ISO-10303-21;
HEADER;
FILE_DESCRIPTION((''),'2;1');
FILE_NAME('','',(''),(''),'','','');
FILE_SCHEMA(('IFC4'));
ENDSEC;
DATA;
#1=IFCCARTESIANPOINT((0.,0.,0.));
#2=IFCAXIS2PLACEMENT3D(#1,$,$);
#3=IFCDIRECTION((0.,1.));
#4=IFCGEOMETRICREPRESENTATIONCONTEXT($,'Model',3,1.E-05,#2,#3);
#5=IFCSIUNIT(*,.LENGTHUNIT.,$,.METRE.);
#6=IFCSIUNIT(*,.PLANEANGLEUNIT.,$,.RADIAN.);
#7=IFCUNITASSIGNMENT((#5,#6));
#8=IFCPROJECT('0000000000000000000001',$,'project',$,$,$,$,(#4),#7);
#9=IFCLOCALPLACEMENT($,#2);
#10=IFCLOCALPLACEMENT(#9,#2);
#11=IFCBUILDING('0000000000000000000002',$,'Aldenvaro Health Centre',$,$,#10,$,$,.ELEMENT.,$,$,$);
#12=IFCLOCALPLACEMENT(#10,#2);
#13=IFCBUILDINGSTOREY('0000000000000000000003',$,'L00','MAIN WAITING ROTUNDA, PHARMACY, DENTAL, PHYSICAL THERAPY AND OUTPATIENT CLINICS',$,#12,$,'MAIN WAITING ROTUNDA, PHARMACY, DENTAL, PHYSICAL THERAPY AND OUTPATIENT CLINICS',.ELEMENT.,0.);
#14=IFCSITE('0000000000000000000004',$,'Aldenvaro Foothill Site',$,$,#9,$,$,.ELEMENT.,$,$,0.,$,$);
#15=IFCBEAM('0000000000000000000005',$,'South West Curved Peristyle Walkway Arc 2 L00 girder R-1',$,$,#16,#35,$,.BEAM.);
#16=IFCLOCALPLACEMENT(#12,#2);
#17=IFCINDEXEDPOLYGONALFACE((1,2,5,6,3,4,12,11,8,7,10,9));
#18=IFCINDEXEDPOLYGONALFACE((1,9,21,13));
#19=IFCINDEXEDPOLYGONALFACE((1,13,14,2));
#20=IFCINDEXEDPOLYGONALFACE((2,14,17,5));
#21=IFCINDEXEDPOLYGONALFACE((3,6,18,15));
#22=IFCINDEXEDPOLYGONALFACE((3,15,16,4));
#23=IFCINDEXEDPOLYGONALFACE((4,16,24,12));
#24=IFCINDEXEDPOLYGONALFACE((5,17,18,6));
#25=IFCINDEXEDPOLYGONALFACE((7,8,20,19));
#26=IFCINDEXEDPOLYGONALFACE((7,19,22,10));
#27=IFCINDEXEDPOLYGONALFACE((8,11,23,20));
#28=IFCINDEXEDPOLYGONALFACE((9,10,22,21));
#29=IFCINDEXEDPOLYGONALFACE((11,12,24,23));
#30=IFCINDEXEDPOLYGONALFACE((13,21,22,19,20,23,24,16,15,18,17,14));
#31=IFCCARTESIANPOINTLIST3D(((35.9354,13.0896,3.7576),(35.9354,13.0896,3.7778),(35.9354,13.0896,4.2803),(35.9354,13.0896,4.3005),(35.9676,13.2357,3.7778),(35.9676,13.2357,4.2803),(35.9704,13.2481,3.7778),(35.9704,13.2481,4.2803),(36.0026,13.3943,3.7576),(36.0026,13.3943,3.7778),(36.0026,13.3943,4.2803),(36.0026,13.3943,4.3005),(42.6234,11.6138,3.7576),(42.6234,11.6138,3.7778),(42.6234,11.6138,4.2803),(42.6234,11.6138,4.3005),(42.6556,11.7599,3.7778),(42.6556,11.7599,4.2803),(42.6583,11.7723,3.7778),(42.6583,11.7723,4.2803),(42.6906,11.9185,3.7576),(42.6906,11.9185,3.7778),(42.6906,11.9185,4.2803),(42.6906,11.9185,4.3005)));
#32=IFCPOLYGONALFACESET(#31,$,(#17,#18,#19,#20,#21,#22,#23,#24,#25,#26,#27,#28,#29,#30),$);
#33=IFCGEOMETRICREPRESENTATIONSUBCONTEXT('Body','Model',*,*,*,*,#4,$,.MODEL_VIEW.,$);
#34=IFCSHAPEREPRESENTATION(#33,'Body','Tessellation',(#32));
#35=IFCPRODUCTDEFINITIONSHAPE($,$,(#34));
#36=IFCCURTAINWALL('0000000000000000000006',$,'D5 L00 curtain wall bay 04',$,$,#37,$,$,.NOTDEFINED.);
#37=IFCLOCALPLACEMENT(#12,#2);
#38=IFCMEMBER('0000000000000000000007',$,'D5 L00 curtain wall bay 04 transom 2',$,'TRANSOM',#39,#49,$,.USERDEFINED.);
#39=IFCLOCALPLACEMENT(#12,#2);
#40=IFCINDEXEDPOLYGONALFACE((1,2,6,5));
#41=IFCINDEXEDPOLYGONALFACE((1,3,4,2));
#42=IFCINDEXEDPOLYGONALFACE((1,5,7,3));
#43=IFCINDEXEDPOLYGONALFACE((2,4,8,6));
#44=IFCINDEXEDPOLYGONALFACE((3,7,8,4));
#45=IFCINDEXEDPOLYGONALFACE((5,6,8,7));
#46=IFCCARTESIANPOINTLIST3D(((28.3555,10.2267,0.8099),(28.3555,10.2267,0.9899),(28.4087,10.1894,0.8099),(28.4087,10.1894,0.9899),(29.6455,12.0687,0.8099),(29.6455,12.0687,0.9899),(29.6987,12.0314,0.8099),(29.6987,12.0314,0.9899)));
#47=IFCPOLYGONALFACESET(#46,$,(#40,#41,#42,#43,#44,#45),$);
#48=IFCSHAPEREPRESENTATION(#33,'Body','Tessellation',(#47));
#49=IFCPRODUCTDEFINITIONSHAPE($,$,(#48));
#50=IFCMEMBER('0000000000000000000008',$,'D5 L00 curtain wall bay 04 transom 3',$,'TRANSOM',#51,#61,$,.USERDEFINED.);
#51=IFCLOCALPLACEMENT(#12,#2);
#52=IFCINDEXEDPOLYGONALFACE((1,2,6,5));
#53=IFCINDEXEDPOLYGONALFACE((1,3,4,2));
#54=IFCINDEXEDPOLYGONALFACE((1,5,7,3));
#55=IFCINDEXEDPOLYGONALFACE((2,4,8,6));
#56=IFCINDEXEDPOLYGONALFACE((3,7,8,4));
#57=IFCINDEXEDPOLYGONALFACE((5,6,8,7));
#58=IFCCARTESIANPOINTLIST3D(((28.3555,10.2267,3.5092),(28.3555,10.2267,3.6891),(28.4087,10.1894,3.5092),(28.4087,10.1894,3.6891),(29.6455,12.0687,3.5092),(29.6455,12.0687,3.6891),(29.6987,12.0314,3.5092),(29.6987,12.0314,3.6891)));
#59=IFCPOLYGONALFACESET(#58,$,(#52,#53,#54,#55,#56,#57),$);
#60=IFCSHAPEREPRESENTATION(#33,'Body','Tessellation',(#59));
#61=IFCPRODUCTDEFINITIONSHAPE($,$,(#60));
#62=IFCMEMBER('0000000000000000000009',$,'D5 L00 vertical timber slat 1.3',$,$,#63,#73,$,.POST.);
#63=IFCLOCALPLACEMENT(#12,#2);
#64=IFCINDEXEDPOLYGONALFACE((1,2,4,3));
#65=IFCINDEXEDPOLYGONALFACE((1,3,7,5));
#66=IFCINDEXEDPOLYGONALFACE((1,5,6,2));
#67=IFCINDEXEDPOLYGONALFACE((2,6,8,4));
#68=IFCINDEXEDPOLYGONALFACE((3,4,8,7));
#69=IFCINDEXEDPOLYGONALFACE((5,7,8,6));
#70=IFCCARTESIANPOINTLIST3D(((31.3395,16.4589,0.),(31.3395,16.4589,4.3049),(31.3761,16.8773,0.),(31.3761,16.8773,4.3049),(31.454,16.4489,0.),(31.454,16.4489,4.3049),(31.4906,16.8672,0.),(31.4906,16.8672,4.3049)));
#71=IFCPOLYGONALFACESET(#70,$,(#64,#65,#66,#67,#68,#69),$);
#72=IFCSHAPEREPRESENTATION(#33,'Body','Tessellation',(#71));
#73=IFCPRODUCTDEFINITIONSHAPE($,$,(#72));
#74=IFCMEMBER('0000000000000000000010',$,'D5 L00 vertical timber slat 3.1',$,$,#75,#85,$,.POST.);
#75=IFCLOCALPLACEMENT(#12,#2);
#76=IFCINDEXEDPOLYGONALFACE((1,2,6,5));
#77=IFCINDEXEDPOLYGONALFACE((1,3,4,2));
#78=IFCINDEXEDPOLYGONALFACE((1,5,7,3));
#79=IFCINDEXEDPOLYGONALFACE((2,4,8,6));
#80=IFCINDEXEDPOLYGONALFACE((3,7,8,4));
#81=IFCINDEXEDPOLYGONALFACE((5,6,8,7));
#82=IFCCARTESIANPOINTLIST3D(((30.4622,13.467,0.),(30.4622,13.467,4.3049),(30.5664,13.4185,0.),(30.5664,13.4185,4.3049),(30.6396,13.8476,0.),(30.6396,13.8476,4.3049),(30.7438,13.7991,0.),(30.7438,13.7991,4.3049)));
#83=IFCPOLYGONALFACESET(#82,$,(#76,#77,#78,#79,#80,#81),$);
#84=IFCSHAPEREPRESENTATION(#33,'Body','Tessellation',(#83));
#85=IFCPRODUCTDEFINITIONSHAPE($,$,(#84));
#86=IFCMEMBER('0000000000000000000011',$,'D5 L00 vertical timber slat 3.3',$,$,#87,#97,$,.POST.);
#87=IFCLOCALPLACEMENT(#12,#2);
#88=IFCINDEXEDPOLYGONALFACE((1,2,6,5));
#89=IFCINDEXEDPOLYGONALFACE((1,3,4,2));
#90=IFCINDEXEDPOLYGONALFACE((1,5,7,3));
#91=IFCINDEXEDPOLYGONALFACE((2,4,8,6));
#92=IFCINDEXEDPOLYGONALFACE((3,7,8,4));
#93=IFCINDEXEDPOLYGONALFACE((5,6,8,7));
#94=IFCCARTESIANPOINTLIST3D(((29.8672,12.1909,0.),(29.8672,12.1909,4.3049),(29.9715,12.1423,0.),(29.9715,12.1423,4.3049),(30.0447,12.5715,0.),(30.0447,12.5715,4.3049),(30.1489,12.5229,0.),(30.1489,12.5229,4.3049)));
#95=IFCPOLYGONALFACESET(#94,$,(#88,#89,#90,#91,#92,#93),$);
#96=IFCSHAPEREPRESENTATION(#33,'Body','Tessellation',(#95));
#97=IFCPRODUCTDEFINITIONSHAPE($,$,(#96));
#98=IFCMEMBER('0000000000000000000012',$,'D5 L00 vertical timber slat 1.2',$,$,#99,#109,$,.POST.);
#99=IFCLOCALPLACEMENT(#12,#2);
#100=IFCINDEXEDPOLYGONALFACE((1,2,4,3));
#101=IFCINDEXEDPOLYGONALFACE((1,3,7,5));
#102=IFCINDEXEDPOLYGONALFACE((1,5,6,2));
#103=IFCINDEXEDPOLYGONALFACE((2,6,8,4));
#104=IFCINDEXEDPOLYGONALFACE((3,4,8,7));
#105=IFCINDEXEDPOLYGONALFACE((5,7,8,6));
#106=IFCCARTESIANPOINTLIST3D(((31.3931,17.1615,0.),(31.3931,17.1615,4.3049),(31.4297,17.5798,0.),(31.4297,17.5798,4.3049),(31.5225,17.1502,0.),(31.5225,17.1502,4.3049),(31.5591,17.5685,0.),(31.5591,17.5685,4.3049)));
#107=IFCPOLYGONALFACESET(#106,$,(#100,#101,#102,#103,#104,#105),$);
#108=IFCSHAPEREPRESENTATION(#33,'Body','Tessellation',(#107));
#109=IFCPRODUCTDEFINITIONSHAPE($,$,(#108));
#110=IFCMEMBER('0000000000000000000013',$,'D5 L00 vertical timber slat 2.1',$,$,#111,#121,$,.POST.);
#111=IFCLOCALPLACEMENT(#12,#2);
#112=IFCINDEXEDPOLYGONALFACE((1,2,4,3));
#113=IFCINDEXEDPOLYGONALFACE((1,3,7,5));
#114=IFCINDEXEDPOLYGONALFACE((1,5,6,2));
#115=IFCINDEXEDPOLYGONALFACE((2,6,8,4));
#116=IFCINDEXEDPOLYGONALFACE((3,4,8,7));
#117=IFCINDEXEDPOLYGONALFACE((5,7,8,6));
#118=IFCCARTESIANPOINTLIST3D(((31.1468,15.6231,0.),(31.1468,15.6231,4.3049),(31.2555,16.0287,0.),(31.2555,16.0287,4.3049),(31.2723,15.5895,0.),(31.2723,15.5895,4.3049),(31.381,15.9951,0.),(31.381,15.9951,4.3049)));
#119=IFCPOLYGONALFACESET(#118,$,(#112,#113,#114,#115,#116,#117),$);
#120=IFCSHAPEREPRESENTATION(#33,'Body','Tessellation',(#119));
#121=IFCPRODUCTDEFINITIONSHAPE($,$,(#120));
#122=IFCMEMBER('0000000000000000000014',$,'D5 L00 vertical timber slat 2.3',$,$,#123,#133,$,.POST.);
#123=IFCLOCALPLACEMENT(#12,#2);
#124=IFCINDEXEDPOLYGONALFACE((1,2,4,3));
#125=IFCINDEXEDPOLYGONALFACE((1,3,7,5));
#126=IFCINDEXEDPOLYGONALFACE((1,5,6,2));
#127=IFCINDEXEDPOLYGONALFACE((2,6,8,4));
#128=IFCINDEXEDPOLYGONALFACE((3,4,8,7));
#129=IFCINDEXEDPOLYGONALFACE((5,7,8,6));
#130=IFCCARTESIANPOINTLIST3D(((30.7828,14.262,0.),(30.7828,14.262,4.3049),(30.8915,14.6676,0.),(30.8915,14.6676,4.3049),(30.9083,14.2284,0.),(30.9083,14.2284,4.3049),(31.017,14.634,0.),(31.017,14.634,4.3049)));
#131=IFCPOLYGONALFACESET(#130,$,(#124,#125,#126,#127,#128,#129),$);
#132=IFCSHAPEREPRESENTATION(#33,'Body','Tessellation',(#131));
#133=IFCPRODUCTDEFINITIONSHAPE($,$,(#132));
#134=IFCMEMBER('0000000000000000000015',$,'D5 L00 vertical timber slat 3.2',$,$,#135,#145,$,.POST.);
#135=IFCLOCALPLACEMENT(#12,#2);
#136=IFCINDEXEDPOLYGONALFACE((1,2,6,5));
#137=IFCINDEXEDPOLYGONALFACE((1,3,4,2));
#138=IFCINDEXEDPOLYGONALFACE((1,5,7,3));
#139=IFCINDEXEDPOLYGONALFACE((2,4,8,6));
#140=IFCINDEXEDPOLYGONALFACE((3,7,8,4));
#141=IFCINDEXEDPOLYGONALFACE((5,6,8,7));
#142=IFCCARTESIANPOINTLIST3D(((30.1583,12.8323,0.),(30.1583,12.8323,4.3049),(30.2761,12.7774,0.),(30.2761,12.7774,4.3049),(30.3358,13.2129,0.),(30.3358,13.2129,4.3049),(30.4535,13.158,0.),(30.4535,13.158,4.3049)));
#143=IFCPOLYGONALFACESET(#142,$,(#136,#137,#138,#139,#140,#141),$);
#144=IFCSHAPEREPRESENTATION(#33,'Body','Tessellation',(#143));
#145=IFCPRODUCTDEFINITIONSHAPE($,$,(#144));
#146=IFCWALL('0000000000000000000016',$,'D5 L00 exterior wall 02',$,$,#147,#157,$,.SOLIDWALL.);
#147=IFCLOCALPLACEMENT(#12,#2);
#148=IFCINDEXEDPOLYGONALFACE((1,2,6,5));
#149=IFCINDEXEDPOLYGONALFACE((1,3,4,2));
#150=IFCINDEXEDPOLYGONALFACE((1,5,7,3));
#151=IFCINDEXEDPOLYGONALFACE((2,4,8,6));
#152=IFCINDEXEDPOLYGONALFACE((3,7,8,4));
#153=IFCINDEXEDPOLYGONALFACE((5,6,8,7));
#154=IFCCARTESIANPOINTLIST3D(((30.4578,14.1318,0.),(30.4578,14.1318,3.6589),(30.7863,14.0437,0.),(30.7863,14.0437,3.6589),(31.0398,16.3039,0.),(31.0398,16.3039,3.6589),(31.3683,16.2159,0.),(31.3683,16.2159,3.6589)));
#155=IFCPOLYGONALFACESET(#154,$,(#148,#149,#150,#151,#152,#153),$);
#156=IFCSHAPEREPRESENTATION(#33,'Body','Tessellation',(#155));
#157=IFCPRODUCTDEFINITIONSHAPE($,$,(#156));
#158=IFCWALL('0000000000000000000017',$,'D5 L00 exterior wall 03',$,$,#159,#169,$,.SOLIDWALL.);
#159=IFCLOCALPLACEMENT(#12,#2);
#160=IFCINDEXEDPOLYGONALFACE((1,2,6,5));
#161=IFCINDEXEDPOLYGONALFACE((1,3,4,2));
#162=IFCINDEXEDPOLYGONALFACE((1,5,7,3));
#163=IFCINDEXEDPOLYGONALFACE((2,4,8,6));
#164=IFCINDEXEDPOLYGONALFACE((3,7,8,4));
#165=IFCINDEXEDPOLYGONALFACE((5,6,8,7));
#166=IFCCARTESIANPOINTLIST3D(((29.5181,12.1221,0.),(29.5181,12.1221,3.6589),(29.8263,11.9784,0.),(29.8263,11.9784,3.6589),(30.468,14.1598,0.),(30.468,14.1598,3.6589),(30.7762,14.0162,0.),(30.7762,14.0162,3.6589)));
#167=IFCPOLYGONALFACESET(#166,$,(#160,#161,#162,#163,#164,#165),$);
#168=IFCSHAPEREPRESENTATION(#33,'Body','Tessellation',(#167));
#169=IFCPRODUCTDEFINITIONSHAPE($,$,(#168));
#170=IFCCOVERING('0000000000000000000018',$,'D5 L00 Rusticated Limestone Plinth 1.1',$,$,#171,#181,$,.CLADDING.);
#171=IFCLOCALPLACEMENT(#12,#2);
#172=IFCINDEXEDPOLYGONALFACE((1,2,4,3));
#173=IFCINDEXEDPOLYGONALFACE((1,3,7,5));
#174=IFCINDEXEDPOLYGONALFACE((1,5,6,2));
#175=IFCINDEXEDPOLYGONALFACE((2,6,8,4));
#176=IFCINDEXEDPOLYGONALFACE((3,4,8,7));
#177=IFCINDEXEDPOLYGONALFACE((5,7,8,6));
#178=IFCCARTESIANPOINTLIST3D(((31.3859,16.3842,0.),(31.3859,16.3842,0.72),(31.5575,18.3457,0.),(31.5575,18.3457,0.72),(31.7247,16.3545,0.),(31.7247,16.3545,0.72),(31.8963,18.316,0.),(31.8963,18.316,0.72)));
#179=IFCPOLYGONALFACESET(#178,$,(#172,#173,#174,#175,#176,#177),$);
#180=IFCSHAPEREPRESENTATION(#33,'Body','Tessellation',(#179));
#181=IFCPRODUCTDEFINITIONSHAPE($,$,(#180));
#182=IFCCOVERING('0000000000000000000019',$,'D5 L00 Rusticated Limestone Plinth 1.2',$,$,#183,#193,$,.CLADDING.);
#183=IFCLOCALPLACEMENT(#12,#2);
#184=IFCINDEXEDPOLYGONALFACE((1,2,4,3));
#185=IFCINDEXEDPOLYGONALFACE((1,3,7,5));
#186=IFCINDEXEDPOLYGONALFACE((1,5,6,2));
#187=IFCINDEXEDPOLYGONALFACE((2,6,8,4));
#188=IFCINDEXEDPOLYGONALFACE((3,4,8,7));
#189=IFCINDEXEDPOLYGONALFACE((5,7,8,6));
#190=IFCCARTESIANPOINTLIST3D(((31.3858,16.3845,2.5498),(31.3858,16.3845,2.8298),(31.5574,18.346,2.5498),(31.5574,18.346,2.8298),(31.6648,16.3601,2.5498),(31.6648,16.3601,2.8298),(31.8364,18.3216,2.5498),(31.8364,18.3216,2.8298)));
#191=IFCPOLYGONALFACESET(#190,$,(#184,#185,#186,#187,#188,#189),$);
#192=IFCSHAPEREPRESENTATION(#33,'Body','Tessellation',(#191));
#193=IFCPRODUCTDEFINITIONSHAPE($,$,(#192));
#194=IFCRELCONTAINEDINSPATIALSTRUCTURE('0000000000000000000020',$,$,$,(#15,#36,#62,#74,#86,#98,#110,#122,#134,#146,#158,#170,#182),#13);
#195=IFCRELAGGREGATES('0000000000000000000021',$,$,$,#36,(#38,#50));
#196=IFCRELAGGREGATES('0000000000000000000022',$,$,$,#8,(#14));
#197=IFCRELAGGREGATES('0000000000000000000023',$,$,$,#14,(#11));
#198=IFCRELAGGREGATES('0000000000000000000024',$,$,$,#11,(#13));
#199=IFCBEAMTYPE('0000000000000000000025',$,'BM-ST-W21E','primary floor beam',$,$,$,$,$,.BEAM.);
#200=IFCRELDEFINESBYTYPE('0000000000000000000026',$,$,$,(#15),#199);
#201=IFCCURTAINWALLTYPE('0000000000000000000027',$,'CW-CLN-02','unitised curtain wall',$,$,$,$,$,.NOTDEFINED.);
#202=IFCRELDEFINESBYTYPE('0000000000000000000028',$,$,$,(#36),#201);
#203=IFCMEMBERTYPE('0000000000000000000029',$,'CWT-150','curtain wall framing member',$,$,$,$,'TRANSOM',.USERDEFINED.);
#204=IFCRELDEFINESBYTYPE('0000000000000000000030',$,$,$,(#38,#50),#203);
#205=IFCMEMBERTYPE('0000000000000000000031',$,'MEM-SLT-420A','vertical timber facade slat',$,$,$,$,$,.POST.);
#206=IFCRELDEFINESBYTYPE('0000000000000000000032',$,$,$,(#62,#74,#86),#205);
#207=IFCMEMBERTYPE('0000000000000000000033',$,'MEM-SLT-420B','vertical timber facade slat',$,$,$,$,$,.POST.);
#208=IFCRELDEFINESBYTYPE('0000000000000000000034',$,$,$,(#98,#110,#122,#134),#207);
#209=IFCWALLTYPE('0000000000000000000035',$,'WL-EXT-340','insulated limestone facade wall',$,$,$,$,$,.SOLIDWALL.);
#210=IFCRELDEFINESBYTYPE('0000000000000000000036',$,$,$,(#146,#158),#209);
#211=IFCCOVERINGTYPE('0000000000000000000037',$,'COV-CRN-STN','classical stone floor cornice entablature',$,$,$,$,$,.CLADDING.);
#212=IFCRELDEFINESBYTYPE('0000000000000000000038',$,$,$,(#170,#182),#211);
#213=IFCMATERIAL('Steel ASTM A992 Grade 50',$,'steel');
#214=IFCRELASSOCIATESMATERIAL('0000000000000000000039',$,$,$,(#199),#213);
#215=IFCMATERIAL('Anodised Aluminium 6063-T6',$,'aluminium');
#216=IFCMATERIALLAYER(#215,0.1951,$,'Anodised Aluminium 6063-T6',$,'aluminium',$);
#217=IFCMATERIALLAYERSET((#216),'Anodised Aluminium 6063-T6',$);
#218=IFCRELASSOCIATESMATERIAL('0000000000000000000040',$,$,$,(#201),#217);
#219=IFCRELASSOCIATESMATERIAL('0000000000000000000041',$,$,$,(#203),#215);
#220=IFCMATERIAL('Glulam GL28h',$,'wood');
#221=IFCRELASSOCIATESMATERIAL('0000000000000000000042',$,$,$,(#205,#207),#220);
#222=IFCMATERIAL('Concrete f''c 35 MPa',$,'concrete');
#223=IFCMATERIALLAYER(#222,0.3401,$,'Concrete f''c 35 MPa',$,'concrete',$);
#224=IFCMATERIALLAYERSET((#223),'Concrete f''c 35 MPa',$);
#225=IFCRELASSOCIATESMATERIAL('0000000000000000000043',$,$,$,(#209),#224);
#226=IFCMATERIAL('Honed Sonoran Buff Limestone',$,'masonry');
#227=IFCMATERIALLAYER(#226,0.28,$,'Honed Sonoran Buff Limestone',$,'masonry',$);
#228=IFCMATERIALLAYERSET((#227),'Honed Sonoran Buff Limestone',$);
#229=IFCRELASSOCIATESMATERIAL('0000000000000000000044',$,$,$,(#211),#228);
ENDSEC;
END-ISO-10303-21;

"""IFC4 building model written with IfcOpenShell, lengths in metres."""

from ifc_helpers import new_model, si_unit, direction, frame, frame_2d, origin, origin_2d, place, context, subcontext, project, spatial, rectangle, i_section, extrude, material, layer, layer_set, material_profile, profile_set, type_object, element, aggregate, save


model = new_model("IFC4")

# Units and contexts
model_context = context("Model", 3, precision=1e-05, world=origin(), true_north=direction((0.0, 1.0)))
body_context = subcontext(model_context, "Body", "Model", "MODEL_VIEW")
ifc_project = project(units=[si_unit("LENGTHUNIT", "METRE"), si_unit("PLANEANGLEUNIT", "RADIAN")], contexts=[model_context])

# Site, building, storey
site_placement = place(None, origin())
site = spatial("IfcSite", under=ifc_project, at=site_placement, Name="Aldenvaro Foothill Site", CompositionType="ELEMENT", RefElevation=0.0)
building_placement = place(site_placement, origin())
building = spatial("IfcBuilding", under=site, at=building_placement, Name="Aldenvaro Health Centre", CompositionType="ELEMENT")
storey_placement = place(building_placement, origin())
storey = spatial("IfcBuildingStorey", under=building, at=storey_placement, Name="L00", Description="MAIN WAITING ROTUNDA, PHARMACY, DENTAL, PHYSICAL THERAPY AND OUTPATIENT CLINICS", LongName="MAIN WAITING ROTUNDA, PHARMACY, DENTAL, PHYSICAL THERAPY AND OUTPATIENT CLINICS", CompositionType="ELEMENT", Elevation=0.0)

# Beam
ifc_material_1 = material(Name="Glulam GL28h", Category="wood")
ifc_material_2 = material(Name="Steel ASTM A992 Grade 50", Category="steel")
ifc_material_profile_1 = material_profile(ifc_material_2, i_section(OverallWidth=0.312, OverallDepth=0.543, WebThickness=0.0127, FlangeThickness=0.0203, at=origin_2d()), Name="W21X101", Category="steel")
ifc_profile_set_1 = profile_set([ifc_material_profile_1], Name="Steel ASTM A992 Grade 50")
beam_type_1 = type_object("IfcBeamType", Name="BM-ST-W21E", Description="primary floor beam", PredefinedType="BEAM", material=ifc_profile_set_1)
beam_1_placement = place(storey_placement, frame((35.969, 13.2419, 4.0291), z_axis=(0.976507, -0.215485, 0.0), x_axis=(0.215485, 0.976507, 0.0)))
element("IfcBeam", 1, at=beam_1_placement, inside=storey, type_object=beam_type_1, Name="South West Curved Peristyle Walkway Arc 2 L00 girder R-1", PredefinedType="BEAM", context=body_context, shape_type="SweptSolid", body=[
    extrude(i_section(OverallWidth=0.312, OverallDepth=0.543, WebThickness=0.0127, FlangeThickness=0.0203, at=origin_2d()), origin(), (0.0, 0.0, 1.0), 6.8489),
])

# Curtain wall, members
ifc_material_3 = material(Name="Anodised Aluminium 6063-T6", Category="aluminium")
ifc_layer_1 = layer(ifc_material_3, 0.1951, Name="Anodised Aluminium 6063-T6", Category="aluminium")
ifc_layer_set_1 = layer_set([ifc_layer_1], Name="Anodised Aluminium 6063-T6")
curtain_wall_type = type_object("IfcCurtainWallType", Name="CW-CLN-02", Description="unitised curtain wall", PredefinedType="NOTDEFINED", material=ifc_layer_set_1)
curtain_wall_placement = place(storey_placement, origin())
curtain_wall = element("IfcCurtainWall", 2, at=curtain_wall_placement, inside=storey, type_object=curtain_wall_type, Name="D5 L00 curtain wall bay 04", PredefinedType="NOTDEFINED")
ifc_material_profile_2 = material_profile(ifc_material_3, rectangle(XDim=0.0649, YDim=0.1799, at=origin_2d()), Name="ALU 65x180", Category="aluminium")
ifc_profile_set_2 = profile_set([ifc_material_profile_2], Name="Anodised Aluminium 6063-T6")
member_type_1 = type_object("IfcMemberType", Name="CWT-150", Description="curtain wall framing member", ElementType="TRANSOM", PredefinedType="USERDEFINED", material=ifc_profile_set_2)
member_1_placement = place(storey_placement, frame((29.6721, 12.05, 0.8999), z_axis=(-0.573644, -0.819104, 0.0), x_axis=(0.819104, -0.573644, 0.0)))
member_1 = element("IfcMember", 3, at=member_1_placement, type_object=member_type_1, Name="D5 L00 curtain wall bay 04 transom 2", ObjectType="TRANSOM", PredefinedType="USERDEFINED", context=body_context, shape_type="SweptSolid", body=[
    extrude(rectangle(XDim=0.0649, YDim=0.1799, at=origin_2d()), origin(), (0.0, 0.0, 1.0), 2.2488),
])
member_2_placement = place(storey_placement, frame((29.6721, 12.05, 3.5991), z_axis=(-0.573644, -0.819104, 0.0), x_axis=(0.819104, -0.573644, 0.0)))
member_2 = element("IfcMember", 4, at=member_2_placement, type_object=member_type_1, Name="D5 L00 curtain wall bay 04 transom 3", ObjectType="TRANSOM", PredefinedType="USERDEFINED", context=body_context, shape_type="SweptSolid", body=[
    extrude(rectangle(XDim=0.0649, YDim=0.1799, at=origin_2d()), origin(), (0.0, 0.0, 1.0), 2.2488),
])
aggregate(curtain_wall, [member_1, member_2])

# Members
ifc_material_profile_3 = material_profile(ifc_material_1, rectangle(XDim=0.115, YDim=0.4199, at=origin_2d()), Name="GL 115x420", Category="wood")
ifc_profile_set_3 = profile_set([ifc_material_profile_3], Name="Glulam GL28h")
member_type_2 = type_object("IfcMemberType", Name="MEM-SLT-420A", Description="vertical timber facade slat", PredefinedType="POST", material=ifc_profile_set_3)
for number, where, z_axis, x_axis, name in (
    (5, (31.415, 16.6631, 0.0), (0.0, 0.0, 1.0), (0.996194, -0.087167, 0.0), "D5 L00 vertical timber slat 1.3"),
    (6, (30.603, 13.6331, 0.0), (0.0, 0.0, 1.0), (0.906365, -0.422496, 0.0), "D5 L00 vertical timber slat 3.1"),
    (7, (30.0081, 12.3569, 0.0), (0.0, 0.0, 1.0), (0.906365, -0.422496, 0.0), "D5 L00 vertical timber slat 3.3"),
):
    element("IfcMember", number, at=place(storey_placement, frame(where, z_axis=z_axis, x_axis=x_axis)), inside=storey, type_object=member_type_2, Name=name, PredefinedType="POST", context=body_context, shape_type="SweptSolid", body=[
        extrude(rectangle(XDim=0.115, YDim=0.4199, at=origin_2d()), origin(), (0.0, 0.0, 1.0), 4.3049),
    ])
ifc_material_profile_4 = material_profile(ifc_material_1, rectangle(XDim=0.1299, YDim=0.4199, at=origin_2d()), Name="GL 130x420", Category="wood")
ifc_profile_set_4 = profile_set([ifc_material_profile_4], Name="Glulam GL28h")
member_type_3 = type_object("IfcMemberType", Name="MEM-SLT-420B", Description="vertical timber facade slat", PredefinedType="POST", material=ifc_profile_set_4)
for number, where, z_axis, x_axis, name in (
    (8, (31.4761, 17.365, 0.0), (0.0, 0.0, 1.0), (0.996194, -0.087167, 0.0), "D5 L00 vertical timber slat 1.2"),
    (9, (31.2639, 15.8091, 0.0), (0.0, 0.0, 1.0), (0.965924, -0.258825, 0.0), "D5 L00 vertical timber slat 2.1"),
    (10, (30.8999, 14.448, 0.0), (0.0, 0.0, 1.0), (0.965924, -0.258825, 0.0), "D5 L00 vertical timber slat 2.3"),
    (11, (30.3059, 12.9951, 0.0), (0.0, 0.0, 1.0), (0.906365, -0.422496, 0.0), "D5 L00 vertical timber slat 3.2"),
):
    element("IfcMember", number, at=place(storey_placement, frame(where, z_axis=z_axis, x_axis=x_axis)), inside=storey, type_object=member_type_3, Name=name, PredefinedType="POST", context=body_context, shape_type="SweptSolid", body=[
        extrude(rectangle(XDim=0.1299, YDim=0.4199, at=origin_2d()), origin(), (0.0, 0.0, 1.0), 4.3049),
    ])

# Walls
ifc_material_4 = material(Name="Concrete f'c 35 MPa", Category="concrete")
ifc_layer_2 = layer(ifc_material_4, 0.3401, Name="Concrete f'c 35 MPa", Category="concrete")
ifc_layer_set_2 = layer_set([ifc_layer_2], Name="Concrete f'c 35 MPa")
wall_type = type_object("IfcWallType", Name="WL-EXT-340", Description="insulated limestone facade wall", PredefinedType="SOLIDWALL", material=ifc_layer_set_2)
wall_1_placement = place(storey_placement, frame((31.2041, 16.26, 0.0), z_axis=(0.0, 0.0, 1.0), x_axis=(-0.258825, -0.965924, 0.0)))
element("IfcWall", 12, at=wall_1_placement, inside=storey, type_object=wall_type, Name="D5 L00 exterior wall 02", PredefinedType="SOLIDWALL", context=body_context, shape_type="SweptSolid", body=[
    extrude(rectangle(XDim=2.2488, YDim=0.3401, at=frame_2d((1.1245, 0.0))), origin(), (0.0, 0.0, 1.0), 3.6589),
])
wall_2_placement = place(storey_placement, frame((30.6221, 14.0879, 0.0), z_axis=(0.0, 0.0, 1.0), x_axis=(-0.422505, -0.906361, 0.0)))
element("IfcWall", 13, at=wall_2_placement, inside=storey, type_object=wall_type, Name="D5 L00 exterior wall 03", PredefinedType="SOLIDWALL", context=body_context, shape_type="SweptSolid", body=[
    extrude(rectangle(XDim=2.2483, YDim=0.3401, at=frame_2d((1.124, 0.0))), origin(), (0.0, 0.0, 1.0), 3.6589),
])

# Coverings
ifc_material_5 = material(Name="Honed Sonoran Buff Limestone", Category="masonry")
ifc_layer_3 = layer(ifc_material_5, 0.28, Name="Honed Sonoran Buff Limestone", Category="masonry")
ifc_layer_set_3 = layer_set([ifc_layer_3], Name="Honed Sonoran Buff Limestone")
covering_type = type_object("IfcCoveringType", Name="COV-CRN-STN", Description="classical stone floor cornice entablature", PredefinedType="CLADDING", material=ifc_layer_set_3)
covering_1_placement = place(storey_placement, frame((31.6411, 17.3501, 0.0), z_axis=(0.0, 0.0, 1.0), x_axis=(-0.087167, -0.996194, 0.0)))
element("IfcCovering", 14, at=covering_1_placement, inside=storey, type_object=covering_type, Name="D5 L00 Rusticated Limestone Plinth 1.1", PredefinedType="CLADDING", context=body_context, shape_type="SweptSolid", body=[
    extrude(rectangle(XDim=1.969, YDim=0.3401, at=origin_2d()), origin(), (0.0, 0.0, 1.0), 0.72),
])
covering_2_placement = place(storey_placement, frame((31.6111, 17.353, 2.5498), z_axis=(0.0, 0.0, 1.0), x_axis=(-0.087167, -0.996194, 0.0)))
element("IfcCovering", 15, at=covering_2_placement, inside=storey, type_object=covering_type, Name="D5 L00 Rusticated Limestone Plinth 1.2", PredefinedType="CLADDING", context=body_context, shape_type="SweptSolid", body=[
    extrude(rectangle(XDim=1.969, YDim=0.28, at=origin_2d()), origin(), (0.0, 0.0, 1.0), 0.28),
])

save(model, "model.ifc")
